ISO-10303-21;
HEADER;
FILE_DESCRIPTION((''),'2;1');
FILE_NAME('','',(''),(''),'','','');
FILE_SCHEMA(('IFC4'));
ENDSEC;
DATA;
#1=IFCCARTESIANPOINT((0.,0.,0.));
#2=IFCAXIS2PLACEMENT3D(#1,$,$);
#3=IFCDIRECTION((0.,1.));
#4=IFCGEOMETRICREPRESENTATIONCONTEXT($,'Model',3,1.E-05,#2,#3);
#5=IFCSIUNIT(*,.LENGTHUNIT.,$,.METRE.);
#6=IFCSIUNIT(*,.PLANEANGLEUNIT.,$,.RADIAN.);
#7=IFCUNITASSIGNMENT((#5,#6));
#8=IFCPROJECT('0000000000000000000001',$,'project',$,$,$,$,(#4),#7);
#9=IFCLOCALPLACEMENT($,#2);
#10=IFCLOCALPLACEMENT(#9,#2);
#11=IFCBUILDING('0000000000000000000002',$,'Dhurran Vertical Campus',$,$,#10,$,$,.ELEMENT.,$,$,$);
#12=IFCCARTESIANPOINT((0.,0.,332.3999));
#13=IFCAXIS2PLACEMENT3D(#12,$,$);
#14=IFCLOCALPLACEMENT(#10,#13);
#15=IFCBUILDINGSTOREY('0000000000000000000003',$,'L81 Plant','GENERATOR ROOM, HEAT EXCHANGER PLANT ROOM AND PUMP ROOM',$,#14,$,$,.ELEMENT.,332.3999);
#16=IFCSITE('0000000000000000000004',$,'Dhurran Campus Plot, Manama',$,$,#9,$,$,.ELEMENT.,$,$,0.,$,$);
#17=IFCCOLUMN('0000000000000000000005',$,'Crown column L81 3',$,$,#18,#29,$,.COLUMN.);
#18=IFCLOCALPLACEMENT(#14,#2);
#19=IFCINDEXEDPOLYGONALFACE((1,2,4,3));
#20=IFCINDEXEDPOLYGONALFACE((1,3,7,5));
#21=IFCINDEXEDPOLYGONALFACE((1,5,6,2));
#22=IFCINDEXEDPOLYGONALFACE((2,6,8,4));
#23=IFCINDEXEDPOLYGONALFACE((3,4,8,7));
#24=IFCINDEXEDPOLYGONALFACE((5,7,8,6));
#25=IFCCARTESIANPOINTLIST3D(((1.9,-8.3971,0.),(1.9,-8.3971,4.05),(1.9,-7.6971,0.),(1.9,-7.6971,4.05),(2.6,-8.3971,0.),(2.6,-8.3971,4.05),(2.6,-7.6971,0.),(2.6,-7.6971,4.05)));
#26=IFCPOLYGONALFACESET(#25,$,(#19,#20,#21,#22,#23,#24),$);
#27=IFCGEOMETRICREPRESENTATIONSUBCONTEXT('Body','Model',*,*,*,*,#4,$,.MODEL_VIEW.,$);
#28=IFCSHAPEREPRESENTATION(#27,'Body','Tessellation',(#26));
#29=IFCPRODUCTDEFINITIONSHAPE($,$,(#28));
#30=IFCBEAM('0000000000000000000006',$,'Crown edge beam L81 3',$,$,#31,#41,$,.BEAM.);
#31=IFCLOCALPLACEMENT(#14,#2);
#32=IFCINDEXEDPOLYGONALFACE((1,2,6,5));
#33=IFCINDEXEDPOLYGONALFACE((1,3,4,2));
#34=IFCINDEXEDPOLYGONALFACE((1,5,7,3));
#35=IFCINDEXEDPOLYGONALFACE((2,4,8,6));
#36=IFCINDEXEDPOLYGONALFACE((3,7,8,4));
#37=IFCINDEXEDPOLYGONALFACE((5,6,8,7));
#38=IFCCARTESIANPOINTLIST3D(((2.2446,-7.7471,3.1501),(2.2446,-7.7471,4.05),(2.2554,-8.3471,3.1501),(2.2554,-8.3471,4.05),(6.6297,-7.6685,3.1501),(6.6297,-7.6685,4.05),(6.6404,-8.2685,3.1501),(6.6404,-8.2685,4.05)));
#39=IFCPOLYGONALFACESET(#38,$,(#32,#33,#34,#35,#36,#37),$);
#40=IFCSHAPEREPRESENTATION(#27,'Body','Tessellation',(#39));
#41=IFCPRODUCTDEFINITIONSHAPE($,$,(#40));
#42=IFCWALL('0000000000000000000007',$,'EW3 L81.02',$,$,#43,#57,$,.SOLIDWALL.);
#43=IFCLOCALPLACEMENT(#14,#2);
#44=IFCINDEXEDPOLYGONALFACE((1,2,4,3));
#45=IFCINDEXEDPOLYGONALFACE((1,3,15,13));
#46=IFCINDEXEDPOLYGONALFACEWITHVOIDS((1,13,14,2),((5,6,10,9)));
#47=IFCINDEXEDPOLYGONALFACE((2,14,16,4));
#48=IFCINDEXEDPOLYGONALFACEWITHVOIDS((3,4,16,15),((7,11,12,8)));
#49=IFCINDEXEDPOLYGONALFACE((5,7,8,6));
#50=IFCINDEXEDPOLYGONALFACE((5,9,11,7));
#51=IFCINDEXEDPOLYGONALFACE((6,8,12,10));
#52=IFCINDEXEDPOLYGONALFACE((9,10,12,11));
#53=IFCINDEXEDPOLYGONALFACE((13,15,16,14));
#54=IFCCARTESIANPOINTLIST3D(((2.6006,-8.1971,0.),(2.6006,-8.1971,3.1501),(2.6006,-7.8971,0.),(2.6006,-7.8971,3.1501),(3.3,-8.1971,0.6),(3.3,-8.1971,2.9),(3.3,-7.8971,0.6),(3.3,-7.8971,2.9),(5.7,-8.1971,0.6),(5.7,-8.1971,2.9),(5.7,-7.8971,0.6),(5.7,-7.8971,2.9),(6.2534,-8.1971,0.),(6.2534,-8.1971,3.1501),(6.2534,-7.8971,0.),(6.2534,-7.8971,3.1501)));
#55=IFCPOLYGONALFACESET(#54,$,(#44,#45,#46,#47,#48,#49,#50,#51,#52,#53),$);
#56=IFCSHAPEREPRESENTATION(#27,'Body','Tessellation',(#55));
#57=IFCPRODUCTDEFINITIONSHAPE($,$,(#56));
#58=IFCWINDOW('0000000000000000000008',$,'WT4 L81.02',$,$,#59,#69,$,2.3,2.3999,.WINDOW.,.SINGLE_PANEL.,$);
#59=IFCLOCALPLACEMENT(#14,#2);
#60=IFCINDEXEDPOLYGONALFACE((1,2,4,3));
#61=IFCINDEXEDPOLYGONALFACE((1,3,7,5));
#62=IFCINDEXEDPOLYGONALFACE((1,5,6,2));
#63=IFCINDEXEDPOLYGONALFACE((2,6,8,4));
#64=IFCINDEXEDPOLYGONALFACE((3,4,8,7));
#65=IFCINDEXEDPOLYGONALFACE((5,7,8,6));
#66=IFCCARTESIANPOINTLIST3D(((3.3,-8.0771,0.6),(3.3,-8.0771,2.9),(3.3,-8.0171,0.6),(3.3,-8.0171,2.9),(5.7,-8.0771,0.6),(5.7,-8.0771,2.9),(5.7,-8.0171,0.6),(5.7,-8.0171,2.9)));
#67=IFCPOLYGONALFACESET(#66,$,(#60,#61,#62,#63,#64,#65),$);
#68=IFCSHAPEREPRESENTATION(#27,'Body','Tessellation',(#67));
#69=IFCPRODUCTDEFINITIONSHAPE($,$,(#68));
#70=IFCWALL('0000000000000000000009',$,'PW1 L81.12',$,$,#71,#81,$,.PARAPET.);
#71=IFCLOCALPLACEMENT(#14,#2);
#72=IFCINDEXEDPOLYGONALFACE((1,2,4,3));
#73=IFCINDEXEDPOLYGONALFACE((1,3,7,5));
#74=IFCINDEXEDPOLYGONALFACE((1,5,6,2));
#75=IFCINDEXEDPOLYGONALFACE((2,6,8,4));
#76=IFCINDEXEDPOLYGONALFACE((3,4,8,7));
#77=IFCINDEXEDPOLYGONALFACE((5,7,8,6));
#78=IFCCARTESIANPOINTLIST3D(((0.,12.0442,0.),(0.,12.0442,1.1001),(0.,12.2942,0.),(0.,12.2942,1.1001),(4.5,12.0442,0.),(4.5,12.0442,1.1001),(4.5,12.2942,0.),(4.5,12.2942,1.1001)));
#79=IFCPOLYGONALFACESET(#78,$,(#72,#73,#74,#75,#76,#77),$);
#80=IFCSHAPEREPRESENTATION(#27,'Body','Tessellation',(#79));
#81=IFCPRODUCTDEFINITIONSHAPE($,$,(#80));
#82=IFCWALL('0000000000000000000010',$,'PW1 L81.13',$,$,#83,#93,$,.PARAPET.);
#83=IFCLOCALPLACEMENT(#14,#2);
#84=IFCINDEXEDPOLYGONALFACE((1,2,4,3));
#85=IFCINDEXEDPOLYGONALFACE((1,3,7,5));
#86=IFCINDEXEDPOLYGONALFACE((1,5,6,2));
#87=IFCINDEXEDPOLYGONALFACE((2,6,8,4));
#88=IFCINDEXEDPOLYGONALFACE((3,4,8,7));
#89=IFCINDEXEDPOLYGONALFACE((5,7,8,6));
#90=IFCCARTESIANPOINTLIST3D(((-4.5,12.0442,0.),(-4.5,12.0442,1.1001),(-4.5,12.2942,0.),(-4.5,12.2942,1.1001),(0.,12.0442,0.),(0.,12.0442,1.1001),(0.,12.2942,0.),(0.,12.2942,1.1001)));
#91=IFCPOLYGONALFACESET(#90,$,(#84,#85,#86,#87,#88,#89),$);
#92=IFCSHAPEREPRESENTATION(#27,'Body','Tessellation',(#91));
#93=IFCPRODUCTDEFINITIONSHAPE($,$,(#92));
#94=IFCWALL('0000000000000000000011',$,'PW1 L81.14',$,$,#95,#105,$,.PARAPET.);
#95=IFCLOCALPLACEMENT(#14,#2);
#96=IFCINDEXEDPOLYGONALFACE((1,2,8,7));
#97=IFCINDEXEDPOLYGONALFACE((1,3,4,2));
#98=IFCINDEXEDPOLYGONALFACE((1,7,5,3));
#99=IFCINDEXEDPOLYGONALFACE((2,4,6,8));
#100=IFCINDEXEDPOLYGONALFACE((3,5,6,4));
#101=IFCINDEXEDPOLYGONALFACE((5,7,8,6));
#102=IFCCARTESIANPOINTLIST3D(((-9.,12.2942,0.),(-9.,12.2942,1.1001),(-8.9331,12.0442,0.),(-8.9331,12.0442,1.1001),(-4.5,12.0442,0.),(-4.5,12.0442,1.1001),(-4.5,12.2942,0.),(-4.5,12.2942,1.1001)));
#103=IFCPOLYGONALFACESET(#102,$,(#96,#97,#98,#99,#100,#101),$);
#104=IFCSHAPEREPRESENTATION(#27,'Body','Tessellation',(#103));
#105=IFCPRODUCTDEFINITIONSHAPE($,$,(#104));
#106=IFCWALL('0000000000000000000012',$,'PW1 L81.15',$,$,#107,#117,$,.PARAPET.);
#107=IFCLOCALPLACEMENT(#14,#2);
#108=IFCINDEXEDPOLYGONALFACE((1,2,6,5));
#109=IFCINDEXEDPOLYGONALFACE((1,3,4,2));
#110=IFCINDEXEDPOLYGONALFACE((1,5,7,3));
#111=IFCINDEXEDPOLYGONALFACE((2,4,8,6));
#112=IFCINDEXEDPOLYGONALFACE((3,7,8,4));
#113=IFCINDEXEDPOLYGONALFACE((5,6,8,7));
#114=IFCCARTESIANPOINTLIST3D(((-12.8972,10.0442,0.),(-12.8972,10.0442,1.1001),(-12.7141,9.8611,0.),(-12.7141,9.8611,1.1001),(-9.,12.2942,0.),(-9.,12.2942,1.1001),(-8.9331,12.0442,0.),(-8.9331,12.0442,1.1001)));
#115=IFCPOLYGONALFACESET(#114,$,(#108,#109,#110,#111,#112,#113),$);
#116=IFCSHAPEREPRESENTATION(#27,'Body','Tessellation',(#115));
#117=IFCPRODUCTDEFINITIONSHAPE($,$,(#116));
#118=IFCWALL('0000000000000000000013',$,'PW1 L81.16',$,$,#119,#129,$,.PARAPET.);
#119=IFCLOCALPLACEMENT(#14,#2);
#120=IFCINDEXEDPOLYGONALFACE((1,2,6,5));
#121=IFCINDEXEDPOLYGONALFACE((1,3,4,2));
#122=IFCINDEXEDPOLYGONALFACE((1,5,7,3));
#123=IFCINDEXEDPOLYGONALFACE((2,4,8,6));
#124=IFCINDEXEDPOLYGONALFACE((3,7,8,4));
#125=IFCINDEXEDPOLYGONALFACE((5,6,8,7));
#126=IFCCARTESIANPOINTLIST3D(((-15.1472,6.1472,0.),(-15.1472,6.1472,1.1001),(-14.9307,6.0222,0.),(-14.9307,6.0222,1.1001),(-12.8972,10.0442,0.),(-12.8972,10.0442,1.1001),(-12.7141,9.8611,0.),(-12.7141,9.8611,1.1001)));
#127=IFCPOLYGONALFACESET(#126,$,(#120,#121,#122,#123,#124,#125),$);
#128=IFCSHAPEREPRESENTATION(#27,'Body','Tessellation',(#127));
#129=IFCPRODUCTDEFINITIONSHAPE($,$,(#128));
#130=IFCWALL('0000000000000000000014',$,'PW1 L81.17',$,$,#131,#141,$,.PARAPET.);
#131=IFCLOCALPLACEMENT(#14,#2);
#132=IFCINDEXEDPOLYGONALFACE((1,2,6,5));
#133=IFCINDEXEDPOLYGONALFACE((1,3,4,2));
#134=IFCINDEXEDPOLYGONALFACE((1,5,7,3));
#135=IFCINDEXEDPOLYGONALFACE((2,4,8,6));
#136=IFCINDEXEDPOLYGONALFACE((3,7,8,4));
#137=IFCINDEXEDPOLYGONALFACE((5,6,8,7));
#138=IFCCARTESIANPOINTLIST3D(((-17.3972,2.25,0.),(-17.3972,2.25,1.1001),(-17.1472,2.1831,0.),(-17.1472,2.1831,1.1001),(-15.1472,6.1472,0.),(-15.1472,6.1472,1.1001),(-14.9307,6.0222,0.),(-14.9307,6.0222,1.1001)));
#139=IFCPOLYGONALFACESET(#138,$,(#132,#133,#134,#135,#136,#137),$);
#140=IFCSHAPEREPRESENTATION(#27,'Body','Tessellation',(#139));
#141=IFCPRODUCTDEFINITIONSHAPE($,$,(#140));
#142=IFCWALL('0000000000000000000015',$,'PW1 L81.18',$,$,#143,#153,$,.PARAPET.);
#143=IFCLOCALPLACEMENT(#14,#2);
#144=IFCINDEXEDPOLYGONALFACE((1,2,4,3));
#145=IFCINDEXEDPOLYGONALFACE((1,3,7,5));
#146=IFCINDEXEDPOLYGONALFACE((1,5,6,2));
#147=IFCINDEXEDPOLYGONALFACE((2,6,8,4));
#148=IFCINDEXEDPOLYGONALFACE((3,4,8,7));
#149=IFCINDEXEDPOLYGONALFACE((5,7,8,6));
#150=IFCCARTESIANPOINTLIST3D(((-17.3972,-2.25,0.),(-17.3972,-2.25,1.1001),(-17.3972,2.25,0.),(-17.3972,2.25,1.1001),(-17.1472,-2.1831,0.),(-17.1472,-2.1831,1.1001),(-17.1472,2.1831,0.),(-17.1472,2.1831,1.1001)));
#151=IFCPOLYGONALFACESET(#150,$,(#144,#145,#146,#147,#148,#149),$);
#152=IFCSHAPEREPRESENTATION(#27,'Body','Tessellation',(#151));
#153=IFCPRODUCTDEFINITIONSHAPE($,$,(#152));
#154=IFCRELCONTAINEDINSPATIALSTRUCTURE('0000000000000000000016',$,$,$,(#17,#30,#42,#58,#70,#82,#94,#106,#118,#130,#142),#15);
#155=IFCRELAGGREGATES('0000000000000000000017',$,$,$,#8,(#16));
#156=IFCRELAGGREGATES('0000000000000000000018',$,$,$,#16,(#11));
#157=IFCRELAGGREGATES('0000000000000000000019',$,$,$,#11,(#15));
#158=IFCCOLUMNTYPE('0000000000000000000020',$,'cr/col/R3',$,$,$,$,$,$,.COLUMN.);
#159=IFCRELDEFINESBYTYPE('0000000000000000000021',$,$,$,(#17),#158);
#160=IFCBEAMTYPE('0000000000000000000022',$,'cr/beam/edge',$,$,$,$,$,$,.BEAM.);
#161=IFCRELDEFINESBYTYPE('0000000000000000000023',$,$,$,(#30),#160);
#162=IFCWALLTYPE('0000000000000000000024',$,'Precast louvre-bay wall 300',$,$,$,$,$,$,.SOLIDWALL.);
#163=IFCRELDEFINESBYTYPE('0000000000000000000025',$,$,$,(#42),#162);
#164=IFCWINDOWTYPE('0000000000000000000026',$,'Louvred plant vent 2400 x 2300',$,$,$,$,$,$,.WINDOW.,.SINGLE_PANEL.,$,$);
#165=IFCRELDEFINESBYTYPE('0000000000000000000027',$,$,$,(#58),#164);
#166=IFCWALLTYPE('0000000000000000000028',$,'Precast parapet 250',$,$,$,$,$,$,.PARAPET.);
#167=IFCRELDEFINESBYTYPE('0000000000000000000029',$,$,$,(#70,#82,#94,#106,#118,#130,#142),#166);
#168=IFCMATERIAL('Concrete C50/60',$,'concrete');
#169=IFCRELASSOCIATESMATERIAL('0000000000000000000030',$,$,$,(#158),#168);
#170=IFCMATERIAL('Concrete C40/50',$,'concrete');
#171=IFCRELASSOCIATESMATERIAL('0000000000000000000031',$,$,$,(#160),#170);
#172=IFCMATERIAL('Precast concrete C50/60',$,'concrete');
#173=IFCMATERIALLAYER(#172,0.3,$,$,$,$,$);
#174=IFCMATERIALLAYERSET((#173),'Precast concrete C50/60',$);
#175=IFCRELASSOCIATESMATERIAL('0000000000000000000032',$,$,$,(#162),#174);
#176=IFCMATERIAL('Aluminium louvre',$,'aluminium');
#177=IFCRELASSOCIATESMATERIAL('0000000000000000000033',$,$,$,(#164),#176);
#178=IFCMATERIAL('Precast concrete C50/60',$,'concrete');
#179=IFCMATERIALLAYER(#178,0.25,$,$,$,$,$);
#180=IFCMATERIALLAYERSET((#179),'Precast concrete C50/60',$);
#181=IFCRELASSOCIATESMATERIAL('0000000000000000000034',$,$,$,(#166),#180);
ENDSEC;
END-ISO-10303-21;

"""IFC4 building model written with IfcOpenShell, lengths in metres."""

from ifc_helpers import new_model, si_unit, direction, frame, frame_2d, origin, origin_2d, place, context, subcontext, project, spatial, polyline, rectangle, outline, extrude, material, layer, layer_set, material_profile, profile_set, type_object, element, fill, save


model = new_model("IFC4")

# Units and contexts
model_context = context("Model", 3, precision=1e-05, world=origin(), true_north=direction((0.0, 1.0)))
body_context = subcontext(model_context, "Body", "Model", "MODEL_VIEW")
ifc_project = project(units=[si_unit("LENGTHUNIT", "METRE"), si_unit("PLANEANGLEUNIT", "RADIAN")], contexts=[model_context])

# Site, building, storey
site_placement = place(None, origin())
site = spatial("IfcSite", under=ifc_project, at=site_placement, Name="Dhurran Campus Plot, Manama", CompositionType="ELEMENT", RefElevation=0.0)
building_placement = place(site_placement, origin())
building = spatial("IfcBuilding", under=site, at=building_placement, Name="Dhurran Vertical Campus", CompositionType="ELEMENT")
storey_placement = place(building_placement, frame((0.0, 0.0, 332.3999)))
storey = spatial("IfcBuildingStorey", under=building, at=storey_placement, Name="L81 Plant", Description="GENERATOR ROOM, HEAT EXCHANGER PLANT ROOM AND PUMP ROOM", CompositionType="ELEMENT", Elevation=332.3999)

# Column
ifc_material_1 = material(Name="Concrete C50/60", Category="concrete")
ifc_material_profile_1 = material_profile(ifc_material_1, rectangle(XDim=0.7, YDim=0.7, at=origin_2d()), Name="cr/col/R3")
ifc_profile_set_1 = profile_set([ifc_material_profile_1], Name="Concrete C50/60")
column_type = type_object("IfcColumnType", Name="cr/col/R3", PredefinedType="COLUMN", material=ifc_profile_set_1)
column_placement = place(storey_placement, frame((2.25, -8.0471, 0.0), z_axis=(0.0, 0.0, 1.0), x_axis=(1.0, 0.0, 0.0)))
element("IfcColumn", 1, at=column_placement, inside=storey, type_object=column_type, Name="Crown column L81 3", PredefinedType="COLUMN", context=body_context, shape_type="SweptSolid", body=[
    extrude(rectangle(XDim=0.7, YDim=0.7, at=origin_2d()), origin(), (0.0, 0.0, 1.0), 4.05),
])

# Beam
ifc_material_2 = material(Name="Concrete C40/50", Category="concrete")
ifc_material_profile_2 = material_profile(ifc_material_2, rectangle(XDim=0.6001, YDim=0.8999, at=origin_2d()), Name="cr/beam/edge")
ifc_profile_set_2 = profile_set([ifc_material_profile_2], Name="Concrete C40/50")
beam_type = type_object("IfcBeamType", Name="cr/beam/edge", PredefinedType="BEAM", material=ifc_profile_set_2)
beam_placement = place(storey_placement, frame((2.25, -8.0471, 3.6001), z_axis=(0.999839, 0.017925, 0.0), x_axis=(-0.017925, 0.999839, 0.0)))
element("IfcBeam", 2, at=beam_placement, inside=storey, type_object=beam_type, Name="Crown edge beam L81 3", PredefinedType="BEAM", context=body_context, shape_type="SweptSolid", body=[
    extrude(rectangle(XDim=0.6001, YDim=0.8999, at=origin_2d()), origin(), (0.0, 0.0, 1.0), 4.3857),
])

# Wall, opening, window
ifc_material_3 = material(Name="Precast concrete C50/60", Category="concrete")
ifc_layer_1 = layer(ifc_material_3, 0.3)
ifc_layer_set_1 = layer_set([ifc_layer_1], Name="Precast concrete C50/60")
wall_type_1 = type_object("IfcWallType", Name="Precast louvre-bay wall 300", PredefinedType="SOLIDWALL", material=ifc_layer_set_1)
wall_1_placement = place(storey_placement, frame((2.6006, -8.0471, 0.0), z_axis=(0.0, 0.0, 1.0), x_axis=(1.0, 0.0, 0.0)))
wall_1 = element("IfcWall", 3, at=wall_1_placement, inside=storey, type_object=wall_type_1, Name="EW3 L81.02", PredefinedType="SOLIDWALL", context=body_context, shape_type="SweptSolid", body=[
    extrude(rectangle(XDim=3.6528, YDim=0.3, at=frame_2d((1.8264, 0.0))), origin(), (0.0, 0.0, 1.0), 3.1501),
])
opening_1_placement = place(wall_1_placement, frame((0.6995, 0.0, 0.6001)))
opening_1 = element("IfcOpeningElement", 4, at=opening_1_placement, cuts=wall_1, PredefinedType="OPENING", context=body_context, shape_type="SweptSolid", body=[
    extrude(rectangle(XDim=2.3999, YDim=2.3, at=frame_2d((1.2, 1.1499))), frame((0.0, 0.1599, 0.0), z_axis=(0.0, -1.0, 0.0), x_axis=(1.0, 0.0, 0.0)), (0.0, 0.0, 1.0), 0.3201),
])
ifc_material_4 = material(Name="Aluminium louvre", Category="aluminium")
window_type = type_object("IfcWindowType", Name="Louvred plant vent 2400 x 2300", PartitioningType="SINGLE_PANEL", PredefinedType="WINDOW", material=ifc_material_4)
window_placement = place(opening_1_placement, origin())
window = element("IfcWindow", 5, at=window_placement, inside=storey, type_object=window_type, Name="WT4 L81.02", OverallHeight=2.3, OverallWidth=2.3999, PartitioningType="SINGLE_PANEL", PredefinedType="WINDOW", context=body_context, shape_type="SweptSolid", body=[
    extrude(rectangle(XDim=2.3999, YDim=2.3, at=frame_2d((1.2, 1.1499))), frame((0.0, 0.03, 0.0), z_axis=(0.0, -1.0, 0.0), x_axis=(1.0, 0.0, 0.0)), (0.0, 0.0, 1.0), 0.0601),
])
fill(opening_1, window)

# Walls
ifc_material_5 = material(Name="Precast concrete C50/60", Category="concrete")
ifc_layer_2 = layer(ifc_material_5, 0.25)
ifc_layer_set_2 = layer_set([ifc_layer_2], Name="Precast concrete C50/60")
wall_type_2 = type_object("IfcWallType", Name="Precast parapet 250", PredefinedType="PARAPET", material=ifc_layer_set_2)
wall_2_placement = place(storey_placement, origin())
element("IfcWall", 6, at=wall_2_placement, inside=storey, type_object=wall_type_2, Name="PW1 L81.12", PredefinedType="PARAPET", context=body_context, shape_type="SweptSolid", body=[
    extrude(outline(polyline([(4.5, 12.2942), (0.0, 12.2942), (0.0, 12.0442), (4.5, 12.0442), (4.5, 12.2942)])), origin(), (0.0, 0.0, 1.0), 1.1001),
])
wall_3_placement = place(storey_placement, origin())
element("IfcWall", 7, at=wall_3_placement, inside=storey, type_object=wall_type_2, Name="PW1 L81.13", PredefinedType="PARAPET", context=body_context, shape_type="SweptSolid", body=[
    extrude(outline(polyline([(0.0, 12.2942), (-4.5, 12.2942), (-4.5, 12.0442), (0.0, 12.0442), (0.0, 12.2942)])), origin(), (0.0, 0.0, 1.0), 1.1001),
])
wall_4_placement = place(storey_placement, origin())
element("IfcWall", 8, at=wall_4_placement, inside=storey, type_object=wall_type_2, Name="PW1 L81.14", PredefinedType="PARAPET", context=body_context, shape_type="SweptSolid", body=[
    extrude(outline(polyline([(-4.5, 12.2942), (-9.0, 12.2942), (-8.9331, 12.0442), (-4.5, 12.0442), (-4.5, 12.2942)])), origin(), (0.0, 0.0, 1.0), 1.1001),
])
wall_5_placement = place(storey_placement, origin())
element("IfcWall", 9, at=wall_5_placement, inside=storey, type_object=wall_type_2, Name="PW1 L81.15", PredefinedType="PARAPET", context=body_context, shape_type="SweptSolid", body=[
    extrude(outline(polyline([(-9.0, 12.2942), (-12.8972, 10.0442), (-12.7141, 9.8611), (-8.9331, 12.0442), (-9.0, 12.2942)])), origin(), (0.0, 0.0, 1.0), 1.1001),
])
wall_6_placement = place(storey_placement, origin())
element("IfcWall", 10, at=wall_6_placement, inside=storey, type_object=wall_type_2, Name="PW1 L81.16", PredefinedType="PARAPET", context=body_context, shape_type="SweptSolid", body=[
    extrude(outline(polyline([(-12.8972, 10.0442), (-15.1472, 6.1472), (-14.9307, 6.0222), (-12.7141, 9.8611), (-12.8972, 10.0442)])), origin(), (0.0, 0.0, 1.0), 1.1001),
])
wall_7_placement = place(storey_placement, origin())
element("IfcWall", 11, at=wall_7_placement, inside=storey, type_object=wall_type_2, Name="PW1 L81.17", PredefinedType="PARAPET", context=body_context, shape_type="SweptSolid", body=[
    extrude(outline(polyline([(-15.1472, 6.1472), (-17.3972, 2.25), (-17.1472, 2.1831), (-14.9307, 6.0222), (-15.1472, 6.1472)])), origin(), (0.0, 0.0, 1.0), 1.1001),
])
wall_8_placement = place(storey_placement, origin())
element("IfcWall", 12, at=wall_8_placement, inside=storey, type_object=wall_type_2, Name="PW1 L81.18", PredefinedType="PARAPET", context=body_context, shape_type="SweptSolid", body=[
    extrude(outline(polyline([(-17.3972, 2.25), (-17.3972, -2.25), (-17.1472, -2.1831), (-17.1472, 2.1831), (-17.3972, 2.25)])), origin(), (0.0, 0.0, 1.0), 1.1001),
])

save(model, "model.ifc")
